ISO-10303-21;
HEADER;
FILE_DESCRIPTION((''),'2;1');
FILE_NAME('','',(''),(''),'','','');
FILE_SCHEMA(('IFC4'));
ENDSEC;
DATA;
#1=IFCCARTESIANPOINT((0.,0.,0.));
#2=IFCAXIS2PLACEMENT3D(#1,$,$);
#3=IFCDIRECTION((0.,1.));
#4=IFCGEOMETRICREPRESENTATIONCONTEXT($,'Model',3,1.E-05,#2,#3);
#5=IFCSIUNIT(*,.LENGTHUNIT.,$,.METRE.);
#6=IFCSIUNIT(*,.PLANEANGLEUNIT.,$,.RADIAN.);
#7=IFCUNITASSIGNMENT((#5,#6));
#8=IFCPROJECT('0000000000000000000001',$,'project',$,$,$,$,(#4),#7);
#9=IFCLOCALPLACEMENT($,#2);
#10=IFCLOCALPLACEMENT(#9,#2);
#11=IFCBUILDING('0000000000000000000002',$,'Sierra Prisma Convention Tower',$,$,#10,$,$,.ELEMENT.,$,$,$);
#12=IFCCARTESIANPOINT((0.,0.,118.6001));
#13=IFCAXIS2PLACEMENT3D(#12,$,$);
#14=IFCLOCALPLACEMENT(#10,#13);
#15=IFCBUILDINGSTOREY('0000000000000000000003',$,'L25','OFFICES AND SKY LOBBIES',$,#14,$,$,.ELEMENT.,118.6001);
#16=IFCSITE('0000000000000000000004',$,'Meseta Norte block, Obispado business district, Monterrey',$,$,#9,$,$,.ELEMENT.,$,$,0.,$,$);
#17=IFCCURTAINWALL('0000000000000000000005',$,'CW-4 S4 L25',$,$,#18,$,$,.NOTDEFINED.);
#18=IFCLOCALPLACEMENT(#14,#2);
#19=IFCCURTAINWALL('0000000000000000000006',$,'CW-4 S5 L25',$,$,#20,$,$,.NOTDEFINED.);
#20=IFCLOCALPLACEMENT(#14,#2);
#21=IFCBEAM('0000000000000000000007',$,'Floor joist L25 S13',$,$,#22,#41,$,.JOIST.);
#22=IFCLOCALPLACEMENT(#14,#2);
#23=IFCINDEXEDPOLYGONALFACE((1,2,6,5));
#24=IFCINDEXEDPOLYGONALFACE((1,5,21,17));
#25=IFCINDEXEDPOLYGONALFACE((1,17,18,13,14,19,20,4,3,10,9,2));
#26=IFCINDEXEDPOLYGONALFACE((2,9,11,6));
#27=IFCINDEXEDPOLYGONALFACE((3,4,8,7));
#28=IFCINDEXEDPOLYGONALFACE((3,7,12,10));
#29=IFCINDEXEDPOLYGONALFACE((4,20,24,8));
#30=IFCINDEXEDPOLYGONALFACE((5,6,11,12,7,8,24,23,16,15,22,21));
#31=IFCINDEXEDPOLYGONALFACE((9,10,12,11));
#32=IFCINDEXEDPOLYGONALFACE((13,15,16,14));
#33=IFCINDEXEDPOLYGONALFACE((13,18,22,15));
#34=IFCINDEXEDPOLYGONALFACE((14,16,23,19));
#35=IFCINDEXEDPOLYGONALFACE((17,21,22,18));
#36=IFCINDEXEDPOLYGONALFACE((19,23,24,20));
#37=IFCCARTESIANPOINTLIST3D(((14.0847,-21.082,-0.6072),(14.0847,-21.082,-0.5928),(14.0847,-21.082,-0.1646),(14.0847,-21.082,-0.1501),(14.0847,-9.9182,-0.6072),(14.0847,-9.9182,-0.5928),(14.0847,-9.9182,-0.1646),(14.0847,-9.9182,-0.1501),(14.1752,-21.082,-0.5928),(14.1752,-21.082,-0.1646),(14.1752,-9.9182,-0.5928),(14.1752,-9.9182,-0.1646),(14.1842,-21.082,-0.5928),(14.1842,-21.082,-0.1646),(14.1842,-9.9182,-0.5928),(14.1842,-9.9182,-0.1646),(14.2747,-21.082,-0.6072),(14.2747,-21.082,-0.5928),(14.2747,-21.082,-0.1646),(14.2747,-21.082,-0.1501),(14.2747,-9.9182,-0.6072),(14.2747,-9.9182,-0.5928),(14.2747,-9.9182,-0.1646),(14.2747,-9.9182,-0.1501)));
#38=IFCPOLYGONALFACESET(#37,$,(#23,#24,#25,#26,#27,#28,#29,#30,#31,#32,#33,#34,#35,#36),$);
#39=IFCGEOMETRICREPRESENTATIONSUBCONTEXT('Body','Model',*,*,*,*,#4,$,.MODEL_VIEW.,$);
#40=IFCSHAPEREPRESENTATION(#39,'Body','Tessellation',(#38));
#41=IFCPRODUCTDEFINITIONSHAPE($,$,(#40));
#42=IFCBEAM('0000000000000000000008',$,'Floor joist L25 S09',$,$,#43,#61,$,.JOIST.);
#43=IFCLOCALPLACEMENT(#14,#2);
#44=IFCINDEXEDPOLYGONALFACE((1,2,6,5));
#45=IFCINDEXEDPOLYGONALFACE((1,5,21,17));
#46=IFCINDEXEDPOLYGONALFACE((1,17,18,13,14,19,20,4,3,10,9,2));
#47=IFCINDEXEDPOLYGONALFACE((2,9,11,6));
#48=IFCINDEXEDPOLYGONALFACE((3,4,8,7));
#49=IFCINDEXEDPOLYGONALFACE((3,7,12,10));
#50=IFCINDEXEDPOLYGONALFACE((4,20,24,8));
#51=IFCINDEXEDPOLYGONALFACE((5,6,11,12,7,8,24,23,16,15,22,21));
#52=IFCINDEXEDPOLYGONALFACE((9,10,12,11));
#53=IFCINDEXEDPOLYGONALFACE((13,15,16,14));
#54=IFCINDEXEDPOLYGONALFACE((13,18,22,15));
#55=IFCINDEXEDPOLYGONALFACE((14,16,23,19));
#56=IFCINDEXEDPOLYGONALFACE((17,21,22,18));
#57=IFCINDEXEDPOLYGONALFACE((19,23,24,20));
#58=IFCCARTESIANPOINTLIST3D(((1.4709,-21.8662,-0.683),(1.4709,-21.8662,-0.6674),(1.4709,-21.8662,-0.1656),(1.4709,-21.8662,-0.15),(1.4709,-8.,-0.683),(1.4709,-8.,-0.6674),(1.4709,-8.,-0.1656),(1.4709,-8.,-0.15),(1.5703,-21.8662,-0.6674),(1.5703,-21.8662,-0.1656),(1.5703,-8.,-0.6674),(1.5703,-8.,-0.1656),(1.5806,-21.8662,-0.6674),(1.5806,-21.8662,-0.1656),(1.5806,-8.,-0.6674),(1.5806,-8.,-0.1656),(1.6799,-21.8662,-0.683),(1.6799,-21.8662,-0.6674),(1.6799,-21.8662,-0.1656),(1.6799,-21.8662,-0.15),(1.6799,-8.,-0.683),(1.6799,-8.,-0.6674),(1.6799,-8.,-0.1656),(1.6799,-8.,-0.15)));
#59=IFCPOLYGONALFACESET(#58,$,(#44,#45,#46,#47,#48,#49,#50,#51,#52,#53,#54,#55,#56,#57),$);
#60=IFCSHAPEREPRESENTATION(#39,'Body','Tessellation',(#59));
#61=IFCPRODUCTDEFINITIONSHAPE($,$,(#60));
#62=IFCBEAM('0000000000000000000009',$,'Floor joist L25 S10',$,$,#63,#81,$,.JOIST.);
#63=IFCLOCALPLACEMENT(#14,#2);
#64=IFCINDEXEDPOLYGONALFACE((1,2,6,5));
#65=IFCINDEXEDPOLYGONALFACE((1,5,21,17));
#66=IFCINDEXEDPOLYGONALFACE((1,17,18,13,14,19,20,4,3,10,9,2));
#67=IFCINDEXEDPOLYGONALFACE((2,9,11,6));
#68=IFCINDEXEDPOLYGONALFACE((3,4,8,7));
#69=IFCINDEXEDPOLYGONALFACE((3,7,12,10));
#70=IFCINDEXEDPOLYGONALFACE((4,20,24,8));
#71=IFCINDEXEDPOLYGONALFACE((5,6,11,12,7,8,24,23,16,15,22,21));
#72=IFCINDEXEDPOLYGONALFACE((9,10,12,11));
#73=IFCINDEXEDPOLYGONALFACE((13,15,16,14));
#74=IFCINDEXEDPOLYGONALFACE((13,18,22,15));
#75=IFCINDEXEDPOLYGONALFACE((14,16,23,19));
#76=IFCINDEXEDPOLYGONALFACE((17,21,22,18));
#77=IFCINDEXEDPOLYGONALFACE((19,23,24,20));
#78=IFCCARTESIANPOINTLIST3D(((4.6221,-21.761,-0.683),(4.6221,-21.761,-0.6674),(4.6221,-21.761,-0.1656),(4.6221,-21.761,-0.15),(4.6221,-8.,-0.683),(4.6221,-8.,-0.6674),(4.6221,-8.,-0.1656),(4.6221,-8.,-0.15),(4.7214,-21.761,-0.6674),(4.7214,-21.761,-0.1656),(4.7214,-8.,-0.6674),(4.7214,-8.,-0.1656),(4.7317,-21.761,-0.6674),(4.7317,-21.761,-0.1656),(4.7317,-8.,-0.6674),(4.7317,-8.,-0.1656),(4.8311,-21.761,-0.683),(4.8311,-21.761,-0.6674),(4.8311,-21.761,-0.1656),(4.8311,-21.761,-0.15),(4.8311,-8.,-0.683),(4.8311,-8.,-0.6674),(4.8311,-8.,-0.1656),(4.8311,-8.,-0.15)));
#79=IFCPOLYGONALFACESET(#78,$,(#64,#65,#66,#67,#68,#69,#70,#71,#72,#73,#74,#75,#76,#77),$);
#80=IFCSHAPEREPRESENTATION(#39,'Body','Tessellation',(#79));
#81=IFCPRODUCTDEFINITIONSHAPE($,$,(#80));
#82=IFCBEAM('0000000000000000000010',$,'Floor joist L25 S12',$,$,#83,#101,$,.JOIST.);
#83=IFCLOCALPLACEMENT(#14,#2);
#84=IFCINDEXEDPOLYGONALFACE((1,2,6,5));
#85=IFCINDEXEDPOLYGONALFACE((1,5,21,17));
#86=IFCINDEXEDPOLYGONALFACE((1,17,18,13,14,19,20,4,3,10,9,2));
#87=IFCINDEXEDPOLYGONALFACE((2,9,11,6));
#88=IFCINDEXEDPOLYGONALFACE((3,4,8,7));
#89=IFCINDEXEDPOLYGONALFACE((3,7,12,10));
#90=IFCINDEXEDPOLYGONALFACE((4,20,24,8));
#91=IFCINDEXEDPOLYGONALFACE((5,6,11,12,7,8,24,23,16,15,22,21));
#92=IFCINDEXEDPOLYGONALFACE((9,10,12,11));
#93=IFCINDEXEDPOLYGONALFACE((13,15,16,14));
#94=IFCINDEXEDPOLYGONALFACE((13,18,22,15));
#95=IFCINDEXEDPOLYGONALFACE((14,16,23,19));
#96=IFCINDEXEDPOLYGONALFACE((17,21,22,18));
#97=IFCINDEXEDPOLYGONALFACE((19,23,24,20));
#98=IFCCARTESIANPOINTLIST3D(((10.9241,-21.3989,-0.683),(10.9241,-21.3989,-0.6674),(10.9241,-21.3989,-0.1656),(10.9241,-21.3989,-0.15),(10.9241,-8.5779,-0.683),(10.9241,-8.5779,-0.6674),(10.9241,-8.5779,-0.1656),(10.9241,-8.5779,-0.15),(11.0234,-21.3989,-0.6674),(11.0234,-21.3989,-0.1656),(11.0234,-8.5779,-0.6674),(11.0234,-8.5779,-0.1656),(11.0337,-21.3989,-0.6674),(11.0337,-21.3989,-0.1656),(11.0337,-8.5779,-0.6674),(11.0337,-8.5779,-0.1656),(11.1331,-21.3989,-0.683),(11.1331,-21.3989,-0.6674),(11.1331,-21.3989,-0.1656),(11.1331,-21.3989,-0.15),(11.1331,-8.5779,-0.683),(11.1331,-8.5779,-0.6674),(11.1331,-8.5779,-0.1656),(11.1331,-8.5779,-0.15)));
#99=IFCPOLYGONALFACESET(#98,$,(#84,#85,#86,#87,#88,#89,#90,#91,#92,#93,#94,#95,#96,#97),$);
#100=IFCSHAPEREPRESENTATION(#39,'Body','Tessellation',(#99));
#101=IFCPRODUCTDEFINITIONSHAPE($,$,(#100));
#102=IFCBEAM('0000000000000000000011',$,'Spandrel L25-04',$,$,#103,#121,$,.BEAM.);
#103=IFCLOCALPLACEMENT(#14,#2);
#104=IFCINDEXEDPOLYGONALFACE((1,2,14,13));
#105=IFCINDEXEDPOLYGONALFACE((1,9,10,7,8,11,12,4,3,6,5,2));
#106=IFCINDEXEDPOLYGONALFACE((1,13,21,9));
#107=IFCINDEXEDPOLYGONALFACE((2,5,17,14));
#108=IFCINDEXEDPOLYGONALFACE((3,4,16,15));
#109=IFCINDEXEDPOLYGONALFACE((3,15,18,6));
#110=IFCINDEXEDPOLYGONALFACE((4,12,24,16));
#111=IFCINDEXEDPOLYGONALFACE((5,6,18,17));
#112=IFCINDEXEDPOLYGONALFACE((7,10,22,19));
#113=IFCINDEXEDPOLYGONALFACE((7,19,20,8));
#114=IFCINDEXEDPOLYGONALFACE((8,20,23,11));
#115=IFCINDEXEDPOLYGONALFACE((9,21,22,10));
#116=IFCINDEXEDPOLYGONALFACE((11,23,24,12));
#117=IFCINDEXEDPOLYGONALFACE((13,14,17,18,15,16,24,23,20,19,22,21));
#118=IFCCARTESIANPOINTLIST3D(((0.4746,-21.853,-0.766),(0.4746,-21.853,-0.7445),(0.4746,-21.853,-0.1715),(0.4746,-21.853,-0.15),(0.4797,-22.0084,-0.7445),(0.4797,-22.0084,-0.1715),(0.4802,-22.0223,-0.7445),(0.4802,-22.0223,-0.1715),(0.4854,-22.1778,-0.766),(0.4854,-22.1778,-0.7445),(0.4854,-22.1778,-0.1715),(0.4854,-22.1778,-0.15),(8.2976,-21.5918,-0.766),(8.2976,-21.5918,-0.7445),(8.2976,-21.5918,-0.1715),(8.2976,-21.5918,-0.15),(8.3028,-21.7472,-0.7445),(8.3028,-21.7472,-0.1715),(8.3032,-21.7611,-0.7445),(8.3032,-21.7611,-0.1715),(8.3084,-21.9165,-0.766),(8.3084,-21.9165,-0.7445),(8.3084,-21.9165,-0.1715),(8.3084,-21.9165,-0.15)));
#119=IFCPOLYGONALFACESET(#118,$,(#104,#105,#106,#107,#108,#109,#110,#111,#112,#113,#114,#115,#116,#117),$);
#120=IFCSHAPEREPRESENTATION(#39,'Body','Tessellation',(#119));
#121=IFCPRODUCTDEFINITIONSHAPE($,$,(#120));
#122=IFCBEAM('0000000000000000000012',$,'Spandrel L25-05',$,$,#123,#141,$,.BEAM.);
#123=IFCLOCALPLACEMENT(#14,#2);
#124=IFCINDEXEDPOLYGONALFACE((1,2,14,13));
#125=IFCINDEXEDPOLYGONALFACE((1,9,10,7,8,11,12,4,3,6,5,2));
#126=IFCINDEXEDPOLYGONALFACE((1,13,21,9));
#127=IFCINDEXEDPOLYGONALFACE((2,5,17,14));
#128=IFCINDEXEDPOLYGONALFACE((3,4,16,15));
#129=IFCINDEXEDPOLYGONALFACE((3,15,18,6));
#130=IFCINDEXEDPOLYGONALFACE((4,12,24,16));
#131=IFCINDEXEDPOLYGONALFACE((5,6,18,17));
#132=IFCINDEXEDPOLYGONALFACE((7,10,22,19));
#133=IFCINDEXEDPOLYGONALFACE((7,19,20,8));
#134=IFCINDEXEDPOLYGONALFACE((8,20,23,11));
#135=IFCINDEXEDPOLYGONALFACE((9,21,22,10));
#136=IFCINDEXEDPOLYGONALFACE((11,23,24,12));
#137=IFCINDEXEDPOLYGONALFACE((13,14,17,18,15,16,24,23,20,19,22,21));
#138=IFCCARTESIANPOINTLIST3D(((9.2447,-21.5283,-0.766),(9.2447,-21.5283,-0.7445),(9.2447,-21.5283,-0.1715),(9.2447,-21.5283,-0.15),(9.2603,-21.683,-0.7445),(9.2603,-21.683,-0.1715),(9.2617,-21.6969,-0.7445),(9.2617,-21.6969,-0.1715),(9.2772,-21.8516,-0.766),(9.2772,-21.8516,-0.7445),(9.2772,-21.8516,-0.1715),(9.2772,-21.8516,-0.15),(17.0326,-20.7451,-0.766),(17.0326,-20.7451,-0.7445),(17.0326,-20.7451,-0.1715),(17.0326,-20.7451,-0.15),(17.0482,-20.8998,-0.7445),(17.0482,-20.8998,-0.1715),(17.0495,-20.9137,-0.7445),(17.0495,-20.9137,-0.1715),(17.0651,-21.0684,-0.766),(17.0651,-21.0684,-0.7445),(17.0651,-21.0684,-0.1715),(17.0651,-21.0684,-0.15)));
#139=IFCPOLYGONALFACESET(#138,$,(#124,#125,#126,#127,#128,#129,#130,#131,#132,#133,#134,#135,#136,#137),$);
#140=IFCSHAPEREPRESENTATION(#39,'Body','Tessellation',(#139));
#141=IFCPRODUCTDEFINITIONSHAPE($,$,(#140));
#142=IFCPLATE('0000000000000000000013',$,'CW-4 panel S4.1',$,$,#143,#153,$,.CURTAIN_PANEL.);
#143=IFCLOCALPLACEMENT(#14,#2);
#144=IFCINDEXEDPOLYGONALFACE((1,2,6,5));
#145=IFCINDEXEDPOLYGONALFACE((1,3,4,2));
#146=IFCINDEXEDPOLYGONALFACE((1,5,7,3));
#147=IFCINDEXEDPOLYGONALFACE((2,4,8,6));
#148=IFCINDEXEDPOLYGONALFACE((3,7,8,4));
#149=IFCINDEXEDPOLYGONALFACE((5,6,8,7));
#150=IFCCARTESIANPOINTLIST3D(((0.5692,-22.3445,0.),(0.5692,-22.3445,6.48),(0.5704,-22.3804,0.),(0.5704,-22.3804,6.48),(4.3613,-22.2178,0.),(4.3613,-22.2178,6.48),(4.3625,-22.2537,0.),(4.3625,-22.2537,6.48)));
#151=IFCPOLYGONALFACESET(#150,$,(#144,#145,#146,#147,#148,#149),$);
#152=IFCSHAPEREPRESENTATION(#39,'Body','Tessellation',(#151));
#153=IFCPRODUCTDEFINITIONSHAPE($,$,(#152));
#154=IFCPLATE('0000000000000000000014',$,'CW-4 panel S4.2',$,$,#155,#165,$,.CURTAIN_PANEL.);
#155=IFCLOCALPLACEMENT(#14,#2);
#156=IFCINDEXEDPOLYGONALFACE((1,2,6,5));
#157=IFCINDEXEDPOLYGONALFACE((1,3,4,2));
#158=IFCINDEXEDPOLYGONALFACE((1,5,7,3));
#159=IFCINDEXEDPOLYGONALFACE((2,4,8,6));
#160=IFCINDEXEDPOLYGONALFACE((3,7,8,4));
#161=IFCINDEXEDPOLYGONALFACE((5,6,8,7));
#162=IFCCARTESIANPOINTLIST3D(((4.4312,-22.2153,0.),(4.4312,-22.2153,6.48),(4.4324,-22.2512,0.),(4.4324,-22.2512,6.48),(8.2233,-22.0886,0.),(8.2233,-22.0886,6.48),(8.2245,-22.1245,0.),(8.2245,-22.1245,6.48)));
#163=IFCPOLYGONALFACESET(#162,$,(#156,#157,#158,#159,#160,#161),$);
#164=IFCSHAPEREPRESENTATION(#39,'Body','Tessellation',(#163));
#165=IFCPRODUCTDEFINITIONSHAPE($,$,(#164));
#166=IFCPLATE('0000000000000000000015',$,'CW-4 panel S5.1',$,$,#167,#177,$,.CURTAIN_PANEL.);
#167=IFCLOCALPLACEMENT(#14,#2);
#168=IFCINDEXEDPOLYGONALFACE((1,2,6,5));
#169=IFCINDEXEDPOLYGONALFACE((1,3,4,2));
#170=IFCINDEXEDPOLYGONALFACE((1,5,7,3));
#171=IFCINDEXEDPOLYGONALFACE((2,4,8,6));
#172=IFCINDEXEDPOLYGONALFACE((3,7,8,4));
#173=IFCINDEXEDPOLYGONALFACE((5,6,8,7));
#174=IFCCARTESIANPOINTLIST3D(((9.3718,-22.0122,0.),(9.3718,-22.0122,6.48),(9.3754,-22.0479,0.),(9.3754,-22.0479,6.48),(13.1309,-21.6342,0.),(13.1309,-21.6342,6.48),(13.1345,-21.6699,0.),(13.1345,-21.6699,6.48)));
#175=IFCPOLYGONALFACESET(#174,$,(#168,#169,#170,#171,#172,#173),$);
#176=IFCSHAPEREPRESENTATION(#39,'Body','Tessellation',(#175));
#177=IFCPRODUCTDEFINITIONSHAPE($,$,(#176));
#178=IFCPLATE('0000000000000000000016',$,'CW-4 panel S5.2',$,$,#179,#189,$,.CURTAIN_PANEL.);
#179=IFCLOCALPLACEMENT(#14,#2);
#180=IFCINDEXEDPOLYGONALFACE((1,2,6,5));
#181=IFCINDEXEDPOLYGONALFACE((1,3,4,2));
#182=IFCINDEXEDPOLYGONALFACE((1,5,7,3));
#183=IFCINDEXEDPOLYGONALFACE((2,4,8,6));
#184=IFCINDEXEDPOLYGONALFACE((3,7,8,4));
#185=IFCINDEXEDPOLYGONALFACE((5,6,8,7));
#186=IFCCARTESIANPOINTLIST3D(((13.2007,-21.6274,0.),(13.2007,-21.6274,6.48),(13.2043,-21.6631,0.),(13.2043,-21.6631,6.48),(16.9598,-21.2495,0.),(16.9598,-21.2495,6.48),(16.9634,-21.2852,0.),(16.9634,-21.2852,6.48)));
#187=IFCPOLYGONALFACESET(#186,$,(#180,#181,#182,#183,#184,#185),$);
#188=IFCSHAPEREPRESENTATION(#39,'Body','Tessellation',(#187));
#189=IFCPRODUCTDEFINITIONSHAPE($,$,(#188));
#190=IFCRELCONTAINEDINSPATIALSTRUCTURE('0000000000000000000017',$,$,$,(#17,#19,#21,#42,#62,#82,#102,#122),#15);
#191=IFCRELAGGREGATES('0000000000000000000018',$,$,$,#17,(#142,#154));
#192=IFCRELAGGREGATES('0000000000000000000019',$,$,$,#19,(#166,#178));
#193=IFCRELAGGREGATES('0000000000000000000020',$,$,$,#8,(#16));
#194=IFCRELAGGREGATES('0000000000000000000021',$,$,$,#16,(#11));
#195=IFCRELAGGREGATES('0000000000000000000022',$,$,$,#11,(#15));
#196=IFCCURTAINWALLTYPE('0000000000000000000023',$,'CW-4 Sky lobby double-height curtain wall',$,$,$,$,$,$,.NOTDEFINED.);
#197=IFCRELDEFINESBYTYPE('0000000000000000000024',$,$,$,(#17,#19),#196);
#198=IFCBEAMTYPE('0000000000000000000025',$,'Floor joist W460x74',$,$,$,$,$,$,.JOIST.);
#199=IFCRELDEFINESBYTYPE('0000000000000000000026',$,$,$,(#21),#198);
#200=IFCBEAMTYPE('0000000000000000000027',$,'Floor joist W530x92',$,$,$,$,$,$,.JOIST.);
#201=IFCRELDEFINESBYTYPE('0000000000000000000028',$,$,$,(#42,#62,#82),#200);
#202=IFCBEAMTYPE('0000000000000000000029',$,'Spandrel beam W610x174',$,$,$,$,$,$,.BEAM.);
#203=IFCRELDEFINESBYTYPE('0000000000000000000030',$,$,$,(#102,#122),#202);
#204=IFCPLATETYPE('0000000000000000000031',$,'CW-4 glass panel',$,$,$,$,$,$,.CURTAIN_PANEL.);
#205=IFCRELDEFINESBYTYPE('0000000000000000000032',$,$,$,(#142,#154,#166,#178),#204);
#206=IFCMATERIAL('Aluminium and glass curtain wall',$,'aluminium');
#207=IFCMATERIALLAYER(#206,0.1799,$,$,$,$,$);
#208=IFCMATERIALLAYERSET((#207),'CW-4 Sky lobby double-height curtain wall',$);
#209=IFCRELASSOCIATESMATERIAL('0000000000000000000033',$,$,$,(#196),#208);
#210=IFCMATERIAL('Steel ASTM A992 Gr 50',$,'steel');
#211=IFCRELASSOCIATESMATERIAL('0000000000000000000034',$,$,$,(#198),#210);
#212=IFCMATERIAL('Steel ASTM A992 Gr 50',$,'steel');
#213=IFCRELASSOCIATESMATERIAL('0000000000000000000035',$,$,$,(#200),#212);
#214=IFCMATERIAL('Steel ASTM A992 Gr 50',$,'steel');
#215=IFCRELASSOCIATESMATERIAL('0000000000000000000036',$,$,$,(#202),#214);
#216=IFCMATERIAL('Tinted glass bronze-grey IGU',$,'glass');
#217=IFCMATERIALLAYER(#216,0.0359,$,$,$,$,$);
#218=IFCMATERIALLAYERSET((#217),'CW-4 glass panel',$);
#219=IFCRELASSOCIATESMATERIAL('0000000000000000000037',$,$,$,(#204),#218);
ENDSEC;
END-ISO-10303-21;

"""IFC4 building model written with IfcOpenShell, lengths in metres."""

from ifc_helpers import new_model, si_unit, direction, frame, origin, origin_2d, place, context, subcontext, project, spatial, rectangle, i_section, extrude, material, layer, layer_set, material_profile, profile_set, type_object, element, aggregate, save


model = new_model("IFC4")

# Units and contexts
model_context = context("Model", 3, precision=1e-05, world=origin(), true_north=direction((0.0, 1.0)))
body_context = subcontext(model_context, "Body", "Model", "MODEL_VIEW")
ifc_project = project(units=[si_unit("LENGTHUNIT", "METRE"), si_unit("PLANEANGLEUNIT", "RADIAN")], contexts=[model_context])

# Site, building, storey
site_placement = place(None, origin())
site = spatial("IfcSite", under=ifc_project, at=site_placement, Name="Meseta Norte block, Obispado business district, Monterrey", CompositionType="ELEMENT", RefElevation=0.0)
building_placement = place(site_placement, origin())
building = spatial("IfcBuilding", under=site, at=building_placement, Name="Sierra Prisma Convention Tower", CompositionType="ELEMENT")
storey_placement = place(building_placement, frame((0.0, 0.0, 118.6001)))
storey = spatial("IfcBuildingStorey", under=building, at=storey_placement, Name="L25", Description="OFFICES AND SKY LOBBIES", CompositionType="ELEMENT", Elevation=118.6001)

# Curtain wall
ifc_material_1 = material(Name="Aluminium and glass curtain wall", Category="aluminium")
ifc_layer_1 = layer(ifc_material_1, 0.1799)
ifc_layer_set_1 = layer_set([ifc_layer_1], Name="CW-4 Sky lobby double-height curtain wall")
curtain_wall_type = type_object("IfcCurtainWallType", Name="CW-4 Sky lobby double-height curtain wall", PredefinedType="NOTDEFINED", material=ifc_layer_set_1)
curtain_wall_1_placement = place(storey_placement, origin())
curtain_wall_1 = element("IfcCurtainWall", 1, at=curtain_wall_1_placement, inside=storey, type_object=curtain_wall_type, Name="CW-4 S4 L25", PredefinedType="NOTDEFINED")

# Curtain wall
curtain_wall_2_placement = place(storey_placement, origin())
curtain_wall_2 = element("IfcCurtainWall", 2, at=curtain_wall_2_placement, inside=storey, type_object=curtain_wall_type, Name="CW-4 S5 L25", PredefinedType="NOTDEFINED")

# Beams
ifc_material_2 = material(Name="Steel ASTM A992 Gr 50", Category="steel")
ifc_material_profile_1 = material_profile(ifc_material_2, i_section(OverallWidth=0.1899, OverallDepth=0.457, WebThickness=0.009, FlangeThickness=0.0144, at=origin_2d()), Name="W460x74")
ifc_profile_set_1 = profile_set([ifc_material_profile_1], Name="Steel ASTM A992 Gr 50")
beam_type_1 = type_object("IfcBeamType", Name="Floor joist W460x74", PredefinedType="JOIST", material=ifc_profile_set_1)
beam_1_placement = place(storey_placement, frame((14.1797, -21.082, -0.3787), z_axis=(0.0, 1.0, 0.0), x_axis=(-1.0, 0.0, 0.0)))
element("IfcBeam", 3, at=beam_1_placement, inside=storey, type_object=beam_type_1, Name="Floor joist L25 S13", PredefinedType="JOIST", context=body_context, shape_type="SweptSolid", body=[
    extrude(i_section(OverallWidth=0.1899, OverallDepth=0.457, WebThickness=0.009, FlangeThickness=0.0144, at=origin_2d()), origin(), (0.0, 0.0, 1.0), 11.1638),
])
ifc_material_3 = material(Name="Steel ASTM A992 Gr 50", Category="steel")
ifc_material_profile_2 = material_profile(ifc_material_3, i_section(OverallWidth=0.209, OverallDepth=0.533, WebThickness=0.0103, FlangeThickness=0.0156, at=origin_2d()), Name="W530x92")
ifc_profile_set_2 = profile_set([ifc_material_profile_2], Name="Steel ASTM A992 Gr 50")
beam_type_2 = type_object("IfcBeamType", Name="Floor joist W530x92", PredefinedType="JOIST", material=ifc_profile_set_2)
beam_2_placement = place(storey_placement, frame((1.5754, -21.8662, -0.4165), z_axis=(0.0, 1.0, 0.0), x_axis=(-1.0, 0.0, 0.0)))
element("IfcBeam", 4, at=beam_2_placement, inside=storey, type_object=beam_type_2, Name="Floor joist L25 S09", PredefinedType="JOIST", context=body_context, shape_type="SweptSolid", body=[
    extrude(i_section(OverallWidth=0.209, OverallDepth=0.533, WebThickness=0.0103, FlangeThickness=0.0156, at=origin_2d()), origin(), (0.0, 0.0, 1.0), 13.8662),
])
beam_3_placement = place(storey_placement, frame((4.7266, -21.761, -0.4165), z_axis=(0.0, 1.0, 0.0), x_axis=(-1.0, 0.0, 0.0)))
element("IfcBeam", 5, at=beam_3_placement, inside=storey, type_object=beam_type_2, Name="Floor joist L25 S10", PredefinedType="JOIST", context=body_context, shape_type="SweptSolid", body=[
    extrude(i_section(OverallWidth=0.209, OverallDepth=0.533, WebThickness=0.0103, FlangeThickness=0.0156, at=origin_2d()), origin(), (0.0, 0.0, 1.0), 13.761),
])
beam_4_placement = place(storey_placement, frame((11.0286, -21.3989, -0.4165), z_axis=(0.0, 1.0, 0.0), x_axis=(-1.0, 0.0, 0.0)))
element("IfcBeam", 6, at=beam_4_placement, inside=storey, type_object=beam_type_2, Name="Floor joist L25 S12", PredefinedType="JOIST", context=body_context, shape_type="SweptSolid", body=[
    extrude(i_section(OverallWidth=0.209, OverallDepth=0.533, WebThickness=0.0103, FlangeThickness=0.0156, at=origin_2d()), origin(), (0.0, 0.0, 1.0), 12.821),
])
ifc_material_4 = material(Name="Steel ASTM A992 Gr 50", Category="steel")
ifc_material_profile_3 = material_profile(ifc_material_4, i_section(OverallWidth=0.325, OverallDepth=0.616, WebThickness=0.0139, FlangeThickness=0.0215, at=origin_2d()), Name="W610x174")
ifc_profile_set_3 = profile_set([ifc_material_profile_3], Name="Steel ASTM A992 Gr 50")
beam_type_3 = type_object("IfcBeamType", Name="Spandrel beam W610x174", PredefinedType="BEAM", material=ifc_profile_set_3)
beam_5_placement = place(storey_placement, frame((0.48, -22.0154, -0.458), z_axis=(0.999443, 0.033374, 0.0), x_axis=(-0.033374, 0.999443, 0.0)))
element("IfcBeam", 7, at=beam_5_placement, inside=storey, type_object=beam_type_3, Name="Spandrel L25-04", PredefinedType="BEAM", context=body_context, shape_type="SweptSolid", body=[
    extrude(i_section(OverallWidth=0.325, OverallDepth=0.616, WebThickness=0.0139, FlangeThickness=0.0215, at=origin_2d()), origin(), (0.0, 0.0, 1.0), 7.8274),
])
beam_6_placement = place(storey_placement, frame((9.261, -21.6899, -0.458), z_axis=(0.994981, 0.100063, 0.0), x_axis=(-0.100063, 0.994981, 0.0)))
element("IfcBeam", 8, at=beam_6_placement, inside=storey, type_object=beam_type_3, Name="Spandrel L25-05", PredefinedType="BEAM", context=body_context, shape_type="SweptSolid", body=[
    extrude(i_section(OverallWidth=0.325, OverallDepth=0.616, WebThickness=0.0139, FlangeThickness=0.0215, at=origin_2d()), origin(), (0.0, 0.0, 1.0), 7.8271),
])

# Plates
ifc_material_5 = material(Name="Tinted glass bronze-grey IGU", Category="glass")
ifc_layer_2 = layer(ifc_material_5, 0.0359)
ifc_layer_set_2 = layer_set([ifc_layer_2], Name="CW-4 glass panel")
plate_type = type_object("IfcPlateType", Name="CW-4 glass panel", PredefinedType="CURTAIN_PANEL", material=ifc_layer_set_2)
plate_1_placement = place(storey_placement, frame((2.4658, -22.2991, 0.0), z_axis=(0.0, 0.0, 1.0), x_axis=(0.999442, 0.033395, 0.0)))
plate_1 = element("IfcPlate", 9, at=plate_1_placement, type_object=plate_type, Name="CW-4 panel S4.1", PredefinedType="CURTAIN_PANEL", context=body_context, shape_type="SweptSolid", body=[
    extrude(rectangle(XDim=3.7942, YDim=0.0359, at=origin_2d()), origin(), (0.0, 0.0, 1.0), 6.48),
])
plate_2_placement = place(storey_placement, frame((6.3279, -22.1699, 0.0), z_axis=(0.0, 0.0, 1.0), x_axis=(0.999442, 0.033395, 0.0)))
plate_2 = element("IfcPlate", 10, at=plate_2_placement, type_object=plate_type, Name="CW-4 panel S4.2", PredefinedType="CURTAIN_PANEL", context=body_context, shape_type="SweptSolid", body=[
    extrude(rectangle(XDim=3.7942, YDim=0.0359, at=origin_2d()), origin(), (0.0, 0.0, 1.0), 6.48),
])
aggregate(curtain_wall_1, [plate_1, plate_2])
plate_3_placement = place(storey_placement, frame((11.2532, -21.8411, 0.0), z_axis=(0.0, 0.0, 1.0), x_axis=(0.994984, 0.100037, 0.0)))
plate_3 = element("IfcPlate", 11, at=plate_3_placement, type_object=plate_type, Name="CW-4 panel S5.1", PredefinedType="CURTAIN_PANEL", context=body_context, shape_type="SweptSolid", body=[
    extrude(rectangle(XDim=3.7781, YDim=0.0359, at=origin_2d()), origin(), (0.0, 0.0, 1.0), 6.48),
])
plate_4_placement = place(storey_placement, frame((15.082, -21.4563, 0.0), z_axis=(0.0, 0.0, 1.0), x_axis=(0.994984, 0.100037, 0.0)))
plate_4 = element("IfcPlate", 12, at=plate_4_placement, type_object=plate_type, Name="CW-4 panel S5.2", PredefinedType="CURTAIN_PANEL", context=body_context, shape_type="SweptSolid", body=[
    extrude(rectangle(XDim=3.7781, YDim=0.0359, at=origin_2d()), origin(), (0.0, 0.0, 1.0), 6.48),
])
aggregate(curtain_wall_2, [plate_3, plate_4])

save(model, "model.ifc")
